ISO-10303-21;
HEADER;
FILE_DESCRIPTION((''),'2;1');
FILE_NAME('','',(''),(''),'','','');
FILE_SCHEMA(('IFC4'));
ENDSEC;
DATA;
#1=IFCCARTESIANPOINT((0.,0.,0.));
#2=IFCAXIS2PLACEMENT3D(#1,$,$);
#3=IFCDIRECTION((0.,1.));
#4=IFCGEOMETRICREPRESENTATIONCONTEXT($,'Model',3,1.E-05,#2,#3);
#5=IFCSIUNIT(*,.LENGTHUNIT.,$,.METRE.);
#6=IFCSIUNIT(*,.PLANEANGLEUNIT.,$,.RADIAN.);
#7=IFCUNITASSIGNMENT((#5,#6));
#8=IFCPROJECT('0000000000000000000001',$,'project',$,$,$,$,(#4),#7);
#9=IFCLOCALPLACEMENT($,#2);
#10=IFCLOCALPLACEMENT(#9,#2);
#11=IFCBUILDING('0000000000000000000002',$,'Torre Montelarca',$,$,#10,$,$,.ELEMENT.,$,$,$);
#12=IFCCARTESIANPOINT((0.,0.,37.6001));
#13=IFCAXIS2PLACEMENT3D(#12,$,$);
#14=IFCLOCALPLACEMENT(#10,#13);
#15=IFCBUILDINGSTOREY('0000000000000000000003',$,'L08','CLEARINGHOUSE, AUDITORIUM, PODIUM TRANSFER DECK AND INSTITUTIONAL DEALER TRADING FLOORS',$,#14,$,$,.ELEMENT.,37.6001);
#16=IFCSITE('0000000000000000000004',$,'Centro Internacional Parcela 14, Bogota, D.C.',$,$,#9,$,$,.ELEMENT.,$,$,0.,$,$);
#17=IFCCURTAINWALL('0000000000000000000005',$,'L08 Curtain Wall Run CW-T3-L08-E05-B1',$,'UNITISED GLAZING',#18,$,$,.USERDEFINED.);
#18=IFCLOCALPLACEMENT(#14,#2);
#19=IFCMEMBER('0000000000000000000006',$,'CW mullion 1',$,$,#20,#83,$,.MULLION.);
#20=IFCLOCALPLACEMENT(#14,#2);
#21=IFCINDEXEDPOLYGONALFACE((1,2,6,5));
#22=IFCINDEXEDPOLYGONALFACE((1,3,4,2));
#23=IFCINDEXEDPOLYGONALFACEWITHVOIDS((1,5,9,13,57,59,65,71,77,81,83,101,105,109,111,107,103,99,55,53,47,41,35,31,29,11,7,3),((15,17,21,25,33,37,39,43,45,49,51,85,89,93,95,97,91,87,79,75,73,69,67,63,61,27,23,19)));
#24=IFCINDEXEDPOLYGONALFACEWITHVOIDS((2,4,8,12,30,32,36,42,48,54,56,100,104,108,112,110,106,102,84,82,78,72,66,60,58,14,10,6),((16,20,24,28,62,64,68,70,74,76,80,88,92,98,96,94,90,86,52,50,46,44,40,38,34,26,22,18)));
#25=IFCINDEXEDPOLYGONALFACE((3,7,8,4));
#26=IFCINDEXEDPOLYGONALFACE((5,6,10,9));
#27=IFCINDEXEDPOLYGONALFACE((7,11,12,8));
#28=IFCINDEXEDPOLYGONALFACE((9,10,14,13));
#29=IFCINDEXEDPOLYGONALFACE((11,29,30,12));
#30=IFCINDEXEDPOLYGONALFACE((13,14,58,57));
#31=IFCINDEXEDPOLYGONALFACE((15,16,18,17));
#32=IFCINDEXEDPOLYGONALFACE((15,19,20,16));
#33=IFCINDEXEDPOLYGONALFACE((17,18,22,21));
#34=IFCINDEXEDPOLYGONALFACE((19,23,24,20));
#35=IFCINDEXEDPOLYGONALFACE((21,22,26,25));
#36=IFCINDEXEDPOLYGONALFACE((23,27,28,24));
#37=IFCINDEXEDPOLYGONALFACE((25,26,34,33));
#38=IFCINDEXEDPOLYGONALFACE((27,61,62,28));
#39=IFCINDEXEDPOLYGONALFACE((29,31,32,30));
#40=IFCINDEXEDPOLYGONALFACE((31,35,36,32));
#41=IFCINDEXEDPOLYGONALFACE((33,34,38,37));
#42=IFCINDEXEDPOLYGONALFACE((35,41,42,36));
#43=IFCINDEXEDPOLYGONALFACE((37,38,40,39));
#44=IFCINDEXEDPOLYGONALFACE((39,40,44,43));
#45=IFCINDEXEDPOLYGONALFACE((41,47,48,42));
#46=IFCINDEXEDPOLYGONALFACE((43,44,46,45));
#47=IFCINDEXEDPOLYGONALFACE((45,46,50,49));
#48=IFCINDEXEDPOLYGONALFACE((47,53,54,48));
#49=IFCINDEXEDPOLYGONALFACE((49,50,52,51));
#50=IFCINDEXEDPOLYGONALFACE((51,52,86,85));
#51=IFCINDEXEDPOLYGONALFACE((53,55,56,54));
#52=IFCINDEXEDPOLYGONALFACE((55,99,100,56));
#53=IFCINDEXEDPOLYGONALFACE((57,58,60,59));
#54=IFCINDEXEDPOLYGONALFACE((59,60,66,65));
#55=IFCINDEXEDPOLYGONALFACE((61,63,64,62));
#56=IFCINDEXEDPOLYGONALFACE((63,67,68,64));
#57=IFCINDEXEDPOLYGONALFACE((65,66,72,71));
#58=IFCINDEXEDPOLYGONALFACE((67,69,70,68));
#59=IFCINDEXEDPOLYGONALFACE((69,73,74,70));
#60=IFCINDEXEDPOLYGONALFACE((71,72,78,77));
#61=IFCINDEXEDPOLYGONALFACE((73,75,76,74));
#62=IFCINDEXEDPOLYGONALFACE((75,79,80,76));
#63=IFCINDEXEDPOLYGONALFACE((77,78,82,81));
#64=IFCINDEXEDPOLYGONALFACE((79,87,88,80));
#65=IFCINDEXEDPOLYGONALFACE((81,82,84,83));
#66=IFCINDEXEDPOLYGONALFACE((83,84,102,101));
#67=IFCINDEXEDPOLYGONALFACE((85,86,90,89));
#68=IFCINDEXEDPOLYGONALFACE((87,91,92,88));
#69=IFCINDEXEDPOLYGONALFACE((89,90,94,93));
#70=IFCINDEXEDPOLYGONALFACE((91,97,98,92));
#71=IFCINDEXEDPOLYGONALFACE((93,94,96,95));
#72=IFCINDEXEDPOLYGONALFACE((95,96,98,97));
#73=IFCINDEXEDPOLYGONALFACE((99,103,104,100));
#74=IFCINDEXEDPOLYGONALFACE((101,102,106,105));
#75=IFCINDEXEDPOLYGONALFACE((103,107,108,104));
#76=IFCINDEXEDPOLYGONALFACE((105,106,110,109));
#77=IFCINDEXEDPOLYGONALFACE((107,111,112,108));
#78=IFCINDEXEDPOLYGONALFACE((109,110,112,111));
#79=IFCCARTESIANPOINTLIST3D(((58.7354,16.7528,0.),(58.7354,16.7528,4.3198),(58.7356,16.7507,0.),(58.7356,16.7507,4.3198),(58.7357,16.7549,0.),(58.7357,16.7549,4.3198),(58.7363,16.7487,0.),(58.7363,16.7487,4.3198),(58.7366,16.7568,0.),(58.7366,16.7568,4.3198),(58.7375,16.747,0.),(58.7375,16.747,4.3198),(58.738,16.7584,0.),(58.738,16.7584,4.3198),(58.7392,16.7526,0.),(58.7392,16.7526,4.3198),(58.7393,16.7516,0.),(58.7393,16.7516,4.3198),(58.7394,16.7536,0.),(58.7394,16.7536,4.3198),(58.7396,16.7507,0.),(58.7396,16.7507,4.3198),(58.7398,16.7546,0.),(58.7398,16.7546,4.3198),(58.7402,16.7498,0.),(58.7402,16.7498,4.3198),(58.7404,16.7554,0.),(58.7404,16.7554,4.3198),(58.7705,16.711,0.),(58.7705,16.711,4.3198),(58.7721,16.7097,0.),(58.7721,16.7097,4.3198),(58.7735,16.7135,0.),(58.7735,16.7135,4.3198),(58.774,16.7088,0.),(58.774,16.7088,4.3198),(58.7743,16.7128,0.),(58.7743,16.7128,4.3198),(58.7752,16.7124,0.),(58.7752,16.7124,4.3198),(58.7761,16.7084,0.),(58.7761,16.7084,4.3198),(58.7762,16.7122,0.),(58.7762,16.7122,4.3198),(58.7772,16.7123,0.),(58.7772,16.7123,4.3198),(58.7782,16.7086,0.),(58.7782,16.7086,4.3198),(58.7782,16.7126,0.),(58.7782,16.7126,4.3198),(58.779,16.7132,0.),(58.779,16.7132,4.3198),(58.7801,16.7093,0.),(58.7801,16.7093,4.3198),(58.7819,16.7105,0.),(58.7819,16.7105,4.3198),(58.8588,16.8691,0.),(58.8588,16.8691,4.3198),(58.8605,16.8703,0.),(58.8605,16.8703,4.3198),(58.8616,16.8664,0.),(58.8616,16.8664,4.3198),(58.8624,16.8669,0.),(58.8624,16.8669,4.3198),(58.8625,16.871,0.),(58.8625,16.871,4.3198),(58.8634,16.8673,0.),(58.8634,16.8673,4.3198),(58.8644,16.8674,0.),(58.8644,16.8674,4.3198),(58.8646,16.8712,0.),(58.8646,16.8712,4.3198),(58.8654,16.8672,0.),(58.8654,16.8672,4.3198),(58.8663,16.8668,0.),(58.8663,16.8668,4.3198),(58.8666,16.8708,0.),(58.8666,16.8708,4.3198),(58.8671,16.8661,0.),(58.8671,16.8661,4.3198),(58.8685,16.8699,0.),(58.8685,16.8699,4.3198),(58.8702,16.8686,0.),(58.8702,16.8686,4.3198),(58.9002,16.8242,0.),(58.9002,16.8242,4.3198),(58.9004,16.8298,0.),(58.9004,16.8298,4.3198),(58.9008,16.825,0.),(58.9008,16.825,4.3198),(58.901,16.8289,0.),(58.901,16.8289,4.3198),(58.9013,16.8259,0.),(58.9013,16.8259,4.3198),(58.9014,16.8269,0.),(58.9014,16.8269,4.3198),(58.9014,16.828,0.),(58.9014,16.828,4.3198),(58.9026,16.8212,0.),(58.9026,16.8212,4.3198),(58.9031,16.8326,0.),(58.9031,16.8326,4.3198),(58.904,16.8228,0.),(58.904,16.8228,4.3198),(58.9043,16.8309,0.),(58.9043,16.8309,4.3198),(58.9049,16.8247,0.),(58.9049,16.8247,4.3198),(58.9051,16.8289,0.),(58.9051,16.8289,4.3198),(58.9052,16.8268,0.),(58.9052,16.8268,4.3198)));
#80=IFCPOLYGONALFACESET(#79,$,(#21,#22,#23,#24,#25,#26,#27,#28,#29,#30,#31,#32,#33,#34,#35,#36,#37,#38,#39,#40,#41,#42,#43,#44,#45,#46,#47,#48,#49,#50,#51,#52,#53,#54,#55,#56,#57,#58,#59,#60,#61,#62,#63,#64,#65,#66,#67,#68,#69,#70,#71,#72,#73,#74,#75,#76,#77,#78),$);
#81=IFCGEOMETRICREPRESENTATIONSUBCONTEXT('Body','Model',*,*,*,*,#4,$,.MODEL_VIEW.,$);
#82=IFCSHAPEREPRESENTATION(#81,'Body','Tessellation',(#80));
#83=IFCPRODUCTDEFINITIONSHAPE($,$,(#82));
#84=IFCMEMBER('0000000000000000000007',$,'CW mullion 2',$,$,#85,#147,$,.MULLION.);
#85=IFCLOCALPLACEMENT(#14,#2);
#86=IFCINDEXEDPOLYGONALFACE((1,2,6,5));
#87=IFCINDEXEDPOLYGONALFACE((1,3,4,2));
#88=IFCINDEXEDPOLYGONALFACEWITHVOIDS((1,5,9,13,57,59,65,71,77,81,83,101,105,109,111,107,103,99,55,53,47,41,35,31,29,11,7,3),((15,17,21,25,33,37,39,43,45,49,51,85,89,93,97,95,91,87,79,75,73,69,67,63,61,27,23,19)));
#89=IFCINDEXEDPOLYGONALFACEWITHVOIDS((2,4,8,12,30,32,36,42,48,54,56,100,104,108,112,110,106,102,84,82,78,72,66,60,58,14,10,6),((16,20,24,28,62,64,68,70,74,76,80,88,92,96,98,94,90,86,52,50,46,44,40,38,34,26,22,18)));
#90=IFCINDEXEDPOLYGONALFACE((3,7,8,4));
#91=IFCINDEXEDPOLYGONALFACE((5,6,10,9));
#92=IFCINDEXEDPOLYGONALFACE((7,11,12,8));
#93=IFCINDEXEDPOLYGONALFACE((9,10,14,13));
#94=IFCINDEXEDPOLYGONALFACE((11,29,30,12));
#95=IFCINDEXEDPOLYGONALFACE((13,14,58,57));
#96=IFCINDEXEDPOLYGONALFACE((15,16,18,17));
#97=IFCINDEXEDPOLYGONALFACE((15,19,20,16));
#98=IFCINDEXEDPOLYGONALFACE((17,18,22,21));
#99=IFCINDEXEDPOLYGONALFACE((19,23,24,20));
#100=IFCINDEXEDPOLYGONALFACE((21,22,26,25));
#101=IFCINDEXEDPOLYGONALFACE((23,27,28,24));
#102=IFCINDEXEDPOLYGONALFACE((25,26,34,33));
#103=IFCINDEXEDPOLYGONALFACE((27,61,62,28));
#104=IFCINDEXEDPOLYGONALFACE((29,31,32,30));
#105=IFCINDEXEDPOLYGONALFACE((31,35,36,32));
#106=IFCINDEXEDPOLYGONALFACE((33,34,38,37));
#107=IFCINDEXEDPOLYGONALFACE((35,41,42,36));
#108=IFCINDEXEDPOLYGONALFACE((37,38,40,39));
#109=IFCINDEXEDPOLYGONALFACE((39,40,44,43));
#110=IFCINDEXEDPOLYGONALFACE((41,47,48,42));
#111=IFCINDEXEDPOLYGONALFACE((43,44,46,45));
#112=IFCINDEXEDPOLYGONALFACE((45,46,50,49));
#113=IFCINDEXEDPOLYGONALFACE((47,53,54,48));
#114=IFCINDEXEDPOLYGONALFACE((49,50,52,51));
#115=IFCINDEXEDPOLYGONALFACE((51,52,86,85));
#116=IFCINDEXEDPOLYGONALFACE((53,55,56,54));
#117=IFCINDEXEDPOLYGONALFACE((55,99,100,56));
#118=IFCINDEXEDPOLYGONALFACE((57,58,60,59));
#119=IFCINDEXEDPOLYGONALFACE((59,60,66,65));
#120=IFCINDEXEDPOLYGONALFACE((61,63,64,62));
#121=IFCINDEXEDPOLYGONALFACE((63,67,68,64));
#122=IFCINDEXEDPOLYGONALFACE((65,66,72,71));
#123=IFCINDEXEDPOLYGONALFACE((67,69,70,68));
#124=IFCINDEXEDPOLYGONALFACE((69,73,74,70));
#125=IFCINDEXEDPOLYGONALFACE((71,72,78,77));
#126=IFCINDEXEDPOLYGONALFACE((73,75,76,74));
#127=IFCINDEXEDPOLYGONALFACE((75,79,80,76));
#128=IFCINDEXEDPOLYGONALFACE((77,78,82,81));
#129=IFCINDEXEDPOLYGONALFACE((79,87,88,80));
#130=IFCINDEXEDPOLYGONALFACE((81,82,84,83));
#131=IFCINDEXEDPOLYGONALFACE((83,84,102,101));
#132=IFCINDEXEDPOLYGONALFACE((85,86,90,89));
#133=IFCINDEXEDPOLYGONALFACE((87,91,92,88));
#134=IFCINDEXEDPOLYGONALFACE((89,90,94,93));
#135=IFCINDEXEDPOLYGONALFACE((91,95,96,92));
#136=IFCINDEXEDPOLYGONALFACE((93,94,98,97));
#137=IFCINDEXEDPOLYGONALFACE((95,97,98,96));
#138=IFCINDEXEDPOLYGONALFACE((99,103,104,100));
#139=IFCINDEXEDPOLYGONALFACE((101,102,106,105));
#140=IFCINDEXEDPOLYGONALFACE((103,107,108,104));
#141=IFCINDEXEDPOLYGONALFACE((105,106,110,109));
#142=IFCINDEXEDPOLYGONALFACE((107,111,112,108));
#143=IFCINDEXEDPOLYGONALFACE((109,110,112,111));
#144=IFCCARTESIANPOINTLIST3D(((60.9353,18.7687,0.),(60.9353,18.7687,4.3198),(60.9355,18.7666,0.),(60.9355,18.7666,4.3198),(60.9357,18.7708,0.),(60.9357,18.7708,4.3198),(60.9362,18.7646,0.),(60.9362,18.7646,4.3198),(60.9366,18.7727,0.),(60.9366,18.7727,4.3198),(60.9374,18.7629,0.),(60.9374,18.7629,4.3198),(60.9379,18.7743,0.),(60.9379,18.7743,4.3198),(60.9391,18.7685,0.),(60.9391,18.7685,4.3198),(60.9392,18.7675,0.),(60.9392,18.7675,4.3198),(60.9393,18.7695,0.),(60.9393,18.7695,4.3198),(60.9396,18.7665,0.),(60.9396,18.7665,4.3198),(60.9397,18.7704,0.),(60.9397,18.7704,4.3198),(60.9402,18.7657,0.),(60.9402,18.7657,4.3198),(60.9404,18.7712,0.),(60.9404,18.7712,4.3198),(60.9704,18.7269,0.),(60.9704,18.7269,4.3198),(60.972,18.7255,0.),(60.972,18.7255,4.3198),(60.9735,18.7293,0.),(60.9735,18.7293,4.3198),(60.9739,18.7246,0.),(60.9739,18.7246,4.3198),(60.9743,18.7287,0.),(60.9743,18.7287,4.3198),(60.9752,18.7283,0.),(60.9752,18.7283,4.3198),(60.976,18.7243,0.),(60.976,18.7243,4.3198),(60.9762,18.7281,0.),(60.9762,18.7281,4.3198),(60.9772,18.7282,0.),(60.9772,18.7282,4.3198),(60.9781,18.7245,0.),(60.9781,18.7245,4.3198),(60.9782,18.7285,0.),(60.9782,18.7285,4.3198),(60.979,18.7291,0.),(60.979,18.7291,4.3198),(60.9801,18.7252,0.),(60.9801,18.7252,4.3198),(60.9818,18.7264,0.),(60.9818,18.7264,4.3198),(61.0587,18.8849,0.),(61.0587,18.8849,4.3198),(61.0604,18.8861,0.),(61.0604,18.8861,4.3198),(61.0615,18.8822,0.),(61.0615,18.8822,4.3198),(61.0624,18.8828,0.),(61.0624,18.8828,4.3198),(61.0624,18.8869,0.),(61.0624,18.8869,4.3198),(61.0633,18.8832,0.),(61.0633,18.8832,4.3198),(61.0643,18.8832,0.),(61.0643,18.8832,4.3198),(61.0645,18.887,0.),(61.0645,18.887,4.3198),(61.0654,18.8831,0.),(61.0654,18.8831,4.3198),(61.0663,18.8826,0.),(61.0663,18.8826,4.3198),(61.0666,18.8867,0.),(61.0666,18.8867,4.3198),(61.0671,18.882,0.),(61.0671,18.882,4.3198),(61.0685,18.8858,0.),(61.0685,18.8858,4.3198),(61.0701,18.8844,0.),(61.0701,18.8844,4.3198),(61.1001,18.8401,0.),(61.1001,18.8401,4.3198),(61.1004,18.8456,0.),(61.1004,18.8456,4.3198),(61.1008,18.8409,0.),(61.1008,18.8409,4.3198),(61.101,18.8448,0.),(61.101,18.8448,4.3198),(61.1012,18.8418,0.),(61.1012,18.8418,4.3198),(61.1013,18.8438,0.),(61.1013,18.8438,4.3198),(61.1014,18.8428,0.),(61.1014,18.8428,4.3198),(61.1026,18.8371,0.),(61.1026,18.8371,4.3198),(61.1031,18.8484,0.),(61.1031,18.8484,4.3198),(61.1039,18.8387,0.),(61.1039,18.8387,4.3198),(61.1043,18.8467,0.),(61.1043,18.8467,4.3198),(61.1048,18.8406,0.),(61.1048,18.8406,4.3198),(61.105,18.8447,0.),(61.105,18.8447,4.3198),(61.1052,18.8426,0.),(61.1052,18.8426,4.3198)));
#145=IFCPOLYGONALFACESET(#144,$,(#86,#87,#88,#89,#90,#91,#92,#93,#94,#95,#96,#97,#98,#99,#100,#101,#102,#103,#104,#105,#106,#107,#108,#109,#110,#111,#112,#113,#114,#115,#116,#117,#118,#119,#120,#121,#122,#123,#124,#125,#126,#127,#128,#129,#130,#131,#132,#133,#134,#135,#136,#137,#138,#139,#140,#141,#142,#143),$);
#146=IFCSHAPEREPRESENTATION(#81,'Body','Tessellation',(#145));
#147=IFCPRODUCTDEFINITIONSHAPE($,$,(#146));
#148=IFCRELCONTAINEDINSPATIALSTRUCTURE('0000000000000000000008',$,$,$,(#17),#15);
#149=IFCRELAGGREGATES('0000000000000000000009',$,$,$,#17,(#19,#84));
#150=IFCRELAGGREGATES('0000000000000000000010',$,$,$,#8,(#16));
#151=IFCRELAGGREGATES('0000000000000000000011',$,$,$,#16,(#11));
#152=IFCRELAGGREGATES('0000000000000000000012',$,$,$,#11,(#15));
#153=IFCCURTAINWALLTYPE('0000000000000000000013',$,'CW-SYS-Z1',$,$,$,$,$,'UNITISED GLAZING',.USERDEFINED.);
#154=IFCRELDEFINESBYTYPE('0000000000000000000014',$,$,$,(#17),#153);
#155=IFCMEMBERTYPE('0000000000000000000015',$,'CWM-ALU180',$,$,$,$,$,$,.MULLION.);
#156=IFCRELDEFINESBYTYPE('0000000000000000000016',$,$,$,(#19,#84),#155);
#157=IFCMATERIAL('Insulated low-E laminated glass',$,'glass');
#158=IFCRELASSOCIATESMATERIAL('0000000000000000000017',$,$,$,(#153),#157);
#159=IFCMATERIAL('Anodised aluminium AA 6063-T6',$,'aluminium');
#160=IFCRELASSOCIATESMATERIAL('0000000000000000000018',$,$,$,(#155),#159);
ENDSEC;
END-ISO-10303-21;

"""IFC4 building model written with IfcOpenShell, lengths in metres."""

from ifc_helpers import new_model, si_unit, direction, frame, origin, origin_2d, place, context, subcontext, project, spatial, hollow_rectangle, extrude, source, transform, mapped, material, material_profile, profile_set, type_object, element, aggregate, save


model = new_model("IFC4")

# Units and contexts
model_context = context("Model", 3, precision=1e-05, world=origin(), true_north=direction((0.0, 1.0)))
body_context = subcontext(model_context, "Body", "Model", "MODEL_VIEW")
ifc_project = project(units=[si_unit("LENGTHUNIT", "METRE"), si_unit("PLANEANGLEUNIT", "RADIAN")], contexts=[model_context])

# Site, building, storey
site_placement = place(None, origin())
site = spatial("IfcSite", under=ifc_project, at=site_placement, Name="Centro Internacional Parcela 14, Bogota, D.C.", CompositionType="ELEMENT", RefElevation=0.0)
building_placement = place(site_placement, origin())
building = spatial("IfcBuilding", under=site, at=building_placement, Name="Torre Montelarca", CompositionType="ELEMENT")
storey_placement = place(building_placement, frame((0.0, 0.0, 37.6001)))
storey = spatial("IfcBuildingStorey", under=building, at=storey_placement, Name="L08", Description="CLEARINGHOUSE, AUDITORIUM, PODIUM TRANSFER DECK AND INSTITUTIONAL DEALER TRADING FLOORS", CompositionType="ELEMENT", Elevation=37.6001)

# Curtain wall
ifc_material_1 = material(Name="Insulated low-E laminated glass", Category="glass")
curtain_wall_type = type_object("IfcCurtainWallType", Name="CW-SYS-Z1", ElementType="UNITISED GLAZING", PredefinedType="USERDEFINED", material=ifc_material_1)
ifc_material_2 = material(Name="Anodised aluminium AA 6063-T6", Category="aluminium")
curtain_wall_1_placement = place(storey_placement, origin())
curtain_wall_1 = element("IfcCurtainWall", 1, at=curtain_wall_1_placement, inside=storey, type_object=curtain_wall_type, Name="L08 Curtain Wall Run CW-T3-L08-E05-B1", ObjectType="UNITISED GLAZING", PredefinedType="USERDEFINED")

# Members
ifc_material_profile_1 = material_profile(ifc_material_2, hollow_rectangle(XDim=0.0649, YDim=0.1799, WallThickness=0.0039, InnerFilletRadius=0.0039, OuterFilletRadius=0.0081, at=origin_2d()), Name="ALU65X180X4", Category="aluminium")
ifc_profile_set_1 = profile_set([ifc_material_profile_1], Name="Anodised aluminium AA 6063-T6")
member_type_1 = type_object("IfcMemberType", Name="CWM-ALU180", PredefinedType="MULLION", material=ifc_profile_set_1)
shared_shape_1 = source(origin(), body_context, "Body", "SweptSolid", [
    extrude(hollow_rectangle(XDim=0.0649, YDim=0.1799, WallThickness=0.0039, InnerFilletRadius=0.0039, OuterFilletRadius=0.0081, at=origin_2d()), origin(), (0.0, 0.0, 1.0), 4.3198),
])
member_1_placement = place(storey_placement, frame((58.8203, 16.7898, 0.0), z_axis=(0.0, 0.0, 1.0), x_axis=(-0.675574, 0.737292, 0.0)))
member_1 = element("IfcMember", 2, at=member_1_placement, type_object=member_type_1, Name="CW mullion 1", PredefinedType="MULLION", context=body_context, shape_type="MappedRepresentation", body=[
    mapped(shared_shape_1, transform((0.0, 0.0, 0.0), scale=1.0)),
])
member_2_placement = place(storey_placement, frame((61.0203, 18.8057, 0.0), z_axis=(0.0, 0.0, 1.0), x_axis=(-0.675574, 0.737292, 0.0)))
member_2 = element("IfcMember", 3, at=member_2_placement, type_object=member_type_1, Name="CW mullion 2", PredefinedType="MULLION", context=body_context, shape_type="MappedRepresentation", body=[
    mapped(shared_shape_1, transform((0.0, 0.0, 0.0), scale=1.0)),
])

aggregate(curtain_wall_1, [member_1, member_2])

save(model, "model.ifc")
